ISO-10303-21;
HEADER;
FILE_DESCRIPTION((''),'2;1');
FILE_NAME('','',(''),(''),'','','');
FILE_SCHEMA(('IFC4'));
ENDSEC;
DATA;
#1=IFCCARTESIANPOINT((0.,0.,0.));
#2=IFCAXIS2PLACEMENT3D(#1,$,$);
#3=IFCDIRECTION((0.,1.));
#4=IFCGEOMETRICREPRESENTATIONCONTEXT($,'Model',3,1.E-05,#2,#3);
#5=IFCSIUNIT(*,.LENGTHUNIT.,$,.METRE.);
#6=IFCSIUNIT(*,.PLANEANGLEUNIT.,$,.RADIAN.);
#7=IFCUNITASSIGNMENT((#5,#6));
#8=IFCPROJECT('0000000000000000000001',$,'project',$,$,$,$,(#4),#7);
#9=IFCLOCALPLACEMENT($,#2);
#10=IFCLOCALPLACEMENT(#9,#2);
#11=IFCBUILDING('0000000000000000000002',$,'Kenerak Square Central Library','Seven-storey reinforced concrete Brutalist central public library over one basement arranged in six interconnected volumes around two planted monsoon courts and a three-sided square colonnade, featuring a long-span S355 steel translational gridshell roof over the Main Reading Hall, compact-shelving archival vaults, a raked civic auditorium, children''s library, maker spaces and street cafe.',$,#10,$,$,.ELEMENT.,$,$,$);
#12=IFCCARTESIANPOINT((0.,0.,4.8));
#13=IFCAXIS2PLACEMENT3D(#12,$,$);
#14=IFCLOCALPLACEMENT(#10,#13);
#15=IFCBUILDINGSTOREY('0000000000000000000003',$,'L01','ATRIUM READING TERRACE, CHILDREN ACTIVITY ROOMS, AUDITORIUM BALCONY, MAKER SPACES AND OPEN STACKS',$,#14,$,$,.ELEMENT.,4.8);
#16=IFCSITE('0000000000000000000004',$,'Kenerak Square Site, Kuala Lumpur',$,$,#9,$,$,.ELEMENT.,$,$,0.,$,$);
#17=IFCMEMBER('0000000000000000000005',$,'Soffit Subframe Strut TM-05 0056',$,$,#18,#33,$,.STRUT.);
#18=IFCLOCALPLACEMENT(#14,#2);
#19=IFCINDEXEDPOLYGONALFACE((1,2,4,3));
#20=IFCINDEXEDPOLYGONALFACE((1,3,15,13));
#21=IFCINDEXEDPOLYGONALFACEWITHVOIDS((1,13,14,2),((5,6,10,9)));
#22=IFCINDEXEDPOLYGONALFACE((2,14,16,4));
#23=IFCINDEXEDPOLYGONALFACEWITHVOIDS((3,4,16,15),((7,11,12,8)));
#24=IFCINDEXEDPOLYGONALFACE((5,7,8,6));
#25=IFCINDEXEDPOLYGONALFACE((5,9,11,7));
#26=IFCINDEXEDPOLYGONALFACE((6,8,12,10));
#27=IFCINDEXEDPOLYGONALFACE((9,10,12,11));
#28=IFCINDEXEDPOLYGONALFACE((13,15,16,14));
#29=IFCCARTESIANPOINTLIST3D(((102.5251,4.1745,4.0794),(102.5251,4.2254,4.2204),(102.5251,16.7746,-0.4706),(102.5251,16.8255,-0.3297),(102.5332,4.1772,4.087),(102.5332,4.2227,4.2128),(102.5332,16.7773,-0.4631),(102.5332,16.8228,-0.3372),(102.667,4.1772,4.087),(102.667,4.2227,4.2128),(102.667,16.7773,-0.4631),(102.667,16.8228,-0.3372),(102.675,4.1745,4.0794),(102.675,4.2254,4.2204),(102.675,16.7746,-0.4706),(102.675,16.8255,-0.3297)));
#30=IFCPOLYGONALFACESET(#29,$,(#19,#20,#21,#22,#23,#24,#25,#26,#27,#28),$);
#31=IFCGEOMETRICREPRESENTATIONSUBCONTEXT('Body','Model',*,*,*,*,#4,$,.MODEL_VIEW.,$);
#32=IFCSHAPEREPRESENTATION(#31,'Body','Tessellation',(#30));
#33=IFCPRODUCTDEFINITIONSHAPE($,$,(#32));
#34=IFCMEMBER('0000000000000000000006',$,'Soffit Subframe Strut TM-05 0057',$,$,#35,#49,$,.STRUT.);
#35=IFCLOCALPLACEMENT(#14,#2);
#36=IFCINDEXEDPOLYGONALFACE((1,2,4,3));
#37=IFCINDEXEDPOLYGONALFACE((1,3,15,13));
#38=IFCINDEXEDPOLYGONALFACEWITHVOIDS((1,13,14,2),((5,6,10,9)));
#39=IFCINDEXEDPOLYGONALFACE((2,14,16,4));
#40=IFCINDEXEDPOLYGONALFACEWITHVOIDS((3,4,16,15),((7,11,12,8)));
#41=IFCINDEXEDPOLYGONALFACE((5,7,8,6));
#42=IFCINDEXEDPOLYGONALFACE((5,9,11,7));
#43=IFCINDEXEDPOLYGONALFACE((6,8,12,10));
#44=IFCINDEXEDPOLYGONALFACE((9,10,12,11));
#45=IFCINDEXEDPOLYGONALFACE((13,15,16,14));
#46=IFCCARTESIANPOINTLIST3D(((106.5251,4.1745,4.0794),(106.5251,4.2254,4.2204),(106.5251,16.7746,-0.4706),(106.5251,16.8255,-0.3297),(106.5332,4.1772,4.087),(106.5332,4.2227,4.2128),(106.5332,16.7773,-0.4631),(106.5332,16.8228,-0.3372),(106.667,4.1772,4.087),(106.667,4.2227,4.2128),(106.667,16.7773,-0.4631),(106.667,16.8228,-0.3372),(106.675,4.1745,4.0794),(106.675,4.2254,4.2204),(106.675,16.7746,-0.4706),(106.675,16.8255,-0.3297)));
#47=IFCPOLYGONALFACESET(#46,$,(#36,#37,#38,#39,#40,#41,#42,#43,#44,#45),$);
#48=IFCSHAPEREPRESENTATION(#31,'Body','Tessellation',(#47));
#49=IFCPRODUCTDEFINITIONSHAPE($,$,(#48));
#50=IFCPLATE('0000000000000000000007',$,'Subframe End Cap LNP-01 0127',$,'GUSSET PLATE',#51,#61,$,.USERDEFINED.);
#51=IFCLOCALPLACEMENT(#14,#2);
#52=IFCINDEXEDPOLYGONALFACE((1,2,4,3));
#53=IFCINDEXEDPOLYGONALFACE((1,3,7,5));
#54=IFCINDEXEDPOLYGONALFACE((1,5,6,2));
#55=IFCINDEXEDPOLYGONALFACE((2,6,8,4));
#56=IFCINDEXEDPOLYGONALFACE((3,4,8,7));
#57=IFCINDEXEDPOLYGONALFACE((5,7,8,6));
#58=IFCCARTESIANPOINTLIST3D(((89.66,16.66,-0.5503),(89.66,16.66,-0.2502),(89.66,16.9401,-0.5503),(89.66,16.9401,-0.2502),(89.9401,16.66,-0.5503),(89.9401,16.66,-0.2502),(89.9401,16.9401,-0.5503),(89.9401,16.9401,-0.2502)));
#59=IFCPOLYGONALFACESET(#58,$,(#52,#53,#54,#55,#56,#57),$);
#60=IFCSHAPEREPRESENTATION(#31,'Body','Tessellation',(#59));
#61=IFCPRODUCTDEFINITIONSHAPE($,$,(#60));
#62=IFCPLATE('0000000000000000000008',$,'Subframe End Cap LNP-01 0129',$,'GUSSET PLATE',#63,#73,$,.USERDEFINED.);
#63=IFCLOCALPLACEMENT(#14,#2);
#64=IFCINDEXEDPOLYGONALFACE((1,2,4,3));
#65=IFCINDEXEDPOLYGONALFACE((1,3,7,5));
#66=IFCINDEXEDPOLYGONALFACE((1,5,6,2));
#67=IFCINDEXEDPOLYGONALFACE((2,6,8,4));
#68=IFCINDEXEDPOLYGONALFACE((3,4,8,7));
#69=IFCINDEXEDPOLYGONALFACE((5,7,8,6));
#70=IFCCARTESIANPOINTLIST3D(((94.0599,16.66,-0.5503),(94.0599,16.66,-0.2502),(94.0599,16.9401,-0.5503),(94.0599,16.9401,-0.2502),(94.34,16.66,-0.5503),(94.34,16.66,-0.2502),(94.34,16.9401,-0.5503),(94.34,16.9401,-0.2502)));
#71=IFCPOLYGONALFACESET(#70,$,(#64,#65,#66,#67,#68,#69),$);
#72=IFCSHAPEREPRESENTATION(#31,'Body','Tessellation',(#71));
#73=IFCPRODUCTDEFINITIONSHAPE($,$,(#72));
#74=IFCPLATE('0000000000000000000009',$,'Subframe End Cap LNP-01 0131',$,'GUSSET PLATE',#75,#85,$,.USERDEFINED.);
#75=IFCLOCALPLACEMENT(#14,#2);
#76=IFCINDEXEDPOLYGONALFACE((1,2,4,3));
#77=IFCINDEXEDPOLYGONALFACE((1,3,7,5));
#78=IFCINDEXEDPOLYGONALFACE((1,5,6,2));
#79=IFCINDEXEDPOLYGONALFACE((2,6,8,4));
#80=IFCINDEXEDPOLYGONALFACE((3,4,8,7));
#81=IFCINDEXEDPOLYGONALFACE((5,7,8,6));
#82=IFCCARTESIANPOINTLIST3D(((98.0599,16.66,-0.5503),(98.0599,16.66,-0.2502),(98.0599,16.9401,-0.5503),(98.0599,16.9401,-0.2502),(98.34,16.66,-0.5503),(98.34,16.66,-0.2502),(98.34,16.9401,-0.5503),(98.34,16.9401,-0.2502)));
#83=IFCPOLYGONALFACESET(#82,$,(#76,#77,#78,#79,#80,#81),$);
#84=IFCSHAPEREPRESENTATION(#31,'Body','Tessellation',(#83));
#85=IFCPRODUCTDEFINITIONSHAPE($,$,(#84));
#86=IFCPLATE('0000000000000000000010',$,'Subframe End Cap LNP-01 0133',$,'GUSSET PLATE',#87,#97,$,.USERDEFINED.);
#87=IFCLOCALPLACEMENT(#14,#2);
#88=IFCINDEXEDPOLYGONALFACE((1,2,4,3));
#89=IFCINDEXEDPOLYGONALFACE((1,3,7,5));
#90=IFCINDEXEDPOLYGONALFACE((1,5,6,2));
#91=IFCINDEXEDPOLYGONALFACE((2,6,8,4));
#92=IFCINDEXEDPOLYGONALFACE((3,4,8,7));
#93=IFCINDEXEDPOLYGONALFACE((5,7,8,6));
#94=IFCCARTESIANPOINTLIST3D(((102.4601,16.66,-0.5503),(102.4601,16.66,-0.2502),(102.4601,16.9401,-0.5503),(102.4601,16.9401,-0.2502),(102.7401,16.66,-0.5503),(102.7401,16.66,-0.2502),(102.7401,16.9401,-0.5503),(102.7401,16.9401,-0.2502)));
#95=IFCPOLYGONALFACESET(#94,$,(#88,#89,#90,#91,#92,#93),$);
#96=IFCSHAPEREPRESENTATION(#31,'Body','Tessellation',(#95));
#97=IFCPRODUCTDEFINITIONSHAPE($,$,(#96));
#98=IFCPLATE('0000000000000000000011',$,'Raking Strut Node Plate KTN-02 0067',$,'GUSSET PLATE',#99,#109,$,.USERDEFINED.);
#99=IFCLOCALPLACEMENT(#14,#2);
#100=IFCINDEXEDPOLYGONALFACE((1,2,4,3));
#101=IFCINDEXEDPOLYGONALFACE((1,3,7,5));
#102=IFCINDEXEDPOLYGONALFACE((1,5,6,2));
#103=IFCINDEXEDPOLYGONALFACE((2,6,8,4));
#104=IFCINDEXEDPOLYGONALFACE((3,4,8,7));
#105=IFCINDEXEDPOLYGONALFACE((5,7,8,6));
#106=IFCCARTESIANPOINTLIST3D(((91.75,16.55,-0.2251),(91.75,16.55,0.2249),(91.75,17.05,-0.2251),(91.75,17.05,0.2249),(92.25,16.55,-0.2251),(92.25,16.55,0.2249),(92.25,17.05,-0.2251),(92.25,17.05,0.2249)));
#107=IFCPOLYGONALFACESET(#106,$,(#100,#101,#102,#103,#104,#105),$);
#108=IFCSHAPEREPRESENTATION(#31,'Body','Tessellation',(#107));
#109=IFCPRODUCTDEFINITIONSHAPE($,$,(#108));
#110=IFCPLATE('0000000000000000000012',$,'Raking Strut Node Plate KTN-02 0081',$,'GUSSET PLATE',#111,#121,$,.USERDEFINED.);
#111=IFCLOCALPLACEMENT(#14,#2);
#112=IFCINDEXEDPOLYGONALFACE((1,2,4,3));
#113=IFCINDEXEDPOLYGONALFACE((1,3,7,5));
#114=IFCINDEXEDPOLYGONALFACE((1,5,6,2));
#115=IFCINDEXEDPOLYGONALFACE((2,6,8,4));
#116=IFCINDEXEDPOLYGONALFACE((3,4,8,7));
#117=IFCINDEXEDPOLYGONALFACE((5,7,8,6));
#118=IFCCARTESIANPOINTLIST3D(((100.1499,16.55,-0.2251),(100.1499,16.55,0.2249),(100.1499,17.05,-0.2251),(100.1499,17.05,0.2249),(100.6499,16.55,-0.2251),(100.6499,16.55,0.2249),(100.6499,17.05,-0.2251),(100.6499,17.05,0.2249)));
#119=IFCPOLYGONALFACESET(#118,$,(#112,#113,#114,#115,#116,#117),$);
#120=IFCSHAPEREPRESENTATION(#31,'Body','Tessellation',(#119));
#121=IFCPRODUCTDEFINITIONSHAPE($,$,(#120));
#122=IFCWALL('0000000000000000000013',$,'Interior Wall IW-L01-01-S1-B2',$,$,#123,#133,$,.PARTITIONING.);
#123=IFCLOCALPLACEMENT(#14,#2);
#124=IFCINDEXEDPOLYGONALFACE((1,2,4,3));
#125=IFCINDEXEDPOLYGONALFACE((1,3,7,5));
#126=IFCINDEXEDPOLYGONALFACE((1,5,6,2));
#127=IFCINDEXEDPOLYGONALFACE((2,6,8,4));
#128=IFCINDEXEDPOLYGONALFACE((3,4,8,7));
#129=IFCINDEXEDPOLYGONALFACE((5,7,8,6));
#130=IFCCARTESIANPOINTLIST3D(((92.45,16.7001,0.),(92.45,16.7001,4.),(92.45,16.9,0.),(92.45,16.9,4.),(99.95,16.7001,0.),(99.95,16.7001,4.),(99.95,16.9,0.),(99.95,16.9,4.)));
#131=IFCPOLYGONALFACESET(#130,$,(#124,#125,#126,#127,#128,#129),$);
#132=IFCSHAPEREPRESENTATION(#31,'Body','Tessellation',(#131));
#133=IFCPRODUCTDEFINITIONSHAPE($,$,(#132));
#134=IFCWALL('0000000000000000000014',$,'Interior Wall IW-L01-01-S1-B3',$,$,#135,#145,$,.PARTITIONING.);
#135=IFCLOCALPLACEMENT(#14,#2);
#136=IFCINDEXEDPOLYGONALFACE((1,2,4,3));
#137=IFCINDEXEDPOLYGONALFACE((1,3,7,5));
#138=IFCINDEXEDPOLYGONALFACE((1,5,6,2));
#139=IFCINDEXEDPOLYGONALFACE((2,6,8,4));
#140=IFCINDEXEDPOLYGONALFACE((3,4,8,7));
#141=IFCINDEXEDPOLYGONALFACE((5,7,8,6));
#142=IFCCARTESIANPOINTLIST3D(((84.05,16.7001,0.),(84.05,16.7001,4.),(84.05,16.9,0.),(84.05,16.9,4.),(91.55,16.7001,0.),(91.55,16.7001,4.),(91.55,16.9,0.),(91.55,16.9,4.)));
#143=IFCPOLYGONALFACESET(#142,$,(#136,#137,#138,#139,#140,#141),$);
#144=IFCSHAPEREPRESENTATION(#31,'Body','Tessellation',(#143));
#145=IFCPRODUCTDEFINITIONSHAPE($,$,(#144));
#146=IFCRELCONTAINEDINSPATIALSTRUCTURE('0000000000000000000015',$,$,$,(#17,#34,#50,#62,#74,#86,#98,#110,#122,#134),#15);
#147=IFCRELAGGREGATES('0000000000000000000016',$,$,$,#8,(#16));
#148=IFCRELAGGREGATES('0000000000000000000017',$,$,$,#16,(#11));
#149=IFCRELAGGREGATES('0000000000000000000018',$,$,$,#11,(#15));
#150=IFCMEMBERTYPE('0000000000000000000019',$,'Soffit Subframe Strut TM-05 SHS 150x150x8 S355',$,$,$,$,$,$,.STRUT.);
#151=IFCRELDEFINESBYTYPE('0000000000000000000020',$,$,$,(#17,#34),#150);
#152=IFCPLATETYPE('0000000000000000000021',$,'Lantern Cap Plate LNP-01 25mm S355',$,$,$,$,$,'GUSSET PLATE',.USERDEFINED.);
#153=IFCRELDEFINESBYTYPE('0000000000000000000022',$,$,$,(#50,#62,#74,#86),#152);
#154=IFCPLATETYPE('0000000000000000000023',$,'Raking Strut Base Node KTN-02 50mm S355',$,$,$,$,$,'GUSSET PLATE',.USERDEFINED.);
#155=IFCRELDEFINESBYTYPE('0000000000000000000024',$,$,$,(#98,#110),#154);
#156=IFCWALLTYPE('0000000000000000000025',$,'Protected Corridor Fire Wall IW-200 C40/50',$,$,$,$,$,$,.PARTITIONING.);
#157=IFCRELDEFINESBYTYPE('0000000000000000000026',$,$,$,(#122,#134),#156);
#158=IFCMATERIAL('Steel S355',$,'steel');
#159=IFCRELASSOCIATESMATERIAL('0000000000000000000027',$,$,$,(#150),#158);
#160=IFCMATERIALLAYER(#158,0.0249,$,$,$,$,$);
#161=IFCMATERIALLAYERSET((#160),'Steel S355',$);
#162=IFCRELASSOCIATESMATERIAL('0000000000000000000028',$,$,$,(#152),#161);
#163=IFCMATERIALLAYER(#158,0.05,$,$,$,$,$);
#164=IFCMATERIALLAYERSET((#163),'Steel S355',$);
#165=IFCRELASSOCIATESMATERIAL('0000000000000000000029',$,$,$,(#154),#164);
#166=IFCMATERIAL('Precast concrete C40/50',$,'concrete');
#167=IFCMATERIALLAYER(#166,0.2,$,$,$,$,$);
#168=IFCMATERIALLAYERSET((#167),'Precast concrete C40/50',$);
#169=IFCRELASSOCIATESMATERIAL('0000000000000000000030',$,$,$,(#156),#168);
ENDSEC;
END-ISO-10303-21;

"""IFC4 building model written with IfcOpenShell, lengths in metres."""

from ifc_helpers import new_model, si_unit, direction, frame, frame_2d, origin, origin_2d, place, context, subcontext, project, spatial, rectangle, hollow_rectangle, extrude, material, layer, layer_set, material_profile, profile_set, type_object, element, save


model = new_model("IFC4")

# Units and contexts
model_context = context("Model", 3, precision=1e-05, world=origin(), true_north=direction((0.0, 1.0)))
body_context = subcontext(model_context, "Body", "Model", "MODEL_VIEW")
ifc_project = project(units=[si_unit("LENGTHUNIT", "METRE"), si_unit("PLANEANGLEUNIT", "RADIAN")], contexts=[model_context])

# Site, building, storey
site_placement = place(None, origin())
site = spatial("IfcSite", under=ifc_project, at=site_placement, Name="Kenerak Square Site, Kuala Lumpur", CompositionType="ELEMENT", RefElevation=0.0)
building_placement = place(site_placement, origin())
building = spatial("IfcBuilding", under=site, at=building_placement, Name="Kenerak Square Central Library", Description="Seven-storey reinforced concrete Brutalist central public library over one basement arranged in six interconnected volumes around two planted monsoon courts and a three-sided square colonnade, featuring a long-span S355 steel translational gridshell roof over the Main Reading Hall, compact-shelving archival vaults, a raked civic auditorium, children's library, maker spaces and street cafe.", CompositionType="ELEMENT")
storey_placement = place(building_placement, frame((0.0, 0.0, 4.8)))
storey = spatial("IfcBuildingStorey", under=building, at=storey_placement, Name="L01", Description="ATRIUM READING TERRACE, CHILDREN ACTIVITY ROOMS, AUDITORIUM BALCONY, MAKER SPACES AND OPEN STACKS", CompositionType="ELEMENT", Elevation=4.8)

# Shared definitions
ifc_material_1 = material(Name="Steel S355", Category="steel")

# Members
ifc_material_profile_1 = material_profile(ifc_material_1, hollow_rectangle(XDim=0.1499, YDim=0.1499, WallThickness=0.0081, at=origin_2d()), Name="SHS 150x150x8.0")
ifc_profile_set_1 = profile_set([ifc_material_profile_1], Name="Steel S355")
member_type_1 = type_object("IfcMemberType", Name="Soffit Subframe Strut TM-05 SHS 150x150x8 S355", PredefinedType="STRUT", material=ifc_profile_set_1)
for number, where, z_axis, x_axis, name in (
    (1, (102.6001, 16.8, -0.4001), (0.0, -0.940554, 0.339645), (1.0, 0.0, 0.0), "Soffit Subframe Strut TM-05 0056"),
    (2, (106.6001, 16.8, -0.4001), (0.0, -0.940554, 0.339645), (1.0, 0.0, 0.0), "Soffit Subframe Strut TM-05 0057"),
):
    element("IfcMember", number, at=place(storey_placement, frame(where, z_axis=z_axis, x_axis=x_axis)), inside=storey, type_object=member_type_1, Name=name, PredefinedType="STRUT", context=body_context, shape_type="SweptSolid", body=[
        extrude(hollow_rectangle(XDim=0.1499, YDim=0.1499, WallThickness=0.0081, at=origin_2d()), origin(), (0.0, 0.0, 1.0), 13.3965),
    ])

# Plates
ifc_layer_1 = layer(ifc_material_1, 0.0249)
ifc_layer_set_1 = layer_set([ifc_layer_1], Name="Steel S355")
plate_type_1 = type_object("IfcPlateType", Name="Lantern Cap Plate LNP-01 25mm S355", ElementType="GUSSET PLATE", PredefinedType="USERDEFINED", material=ifc_layer_set_1)
for number, where, z_axis, x_axis, name in (
    (3, (89.8, 16.8, -0.5503), (0.0, 0.0, 1.0), (1.0, 0.0, 0.0), "Subframe End Cap LNP-01 0127"),
    (4, (94.2, 16.8, -0.5503), (0.0, 0.0, 1.0), (1.0, 0.0, 0.0), "Subframe End Cap LNP-01 0129"),
    (5, (98.2, 16.8, -0.5503), (0.0, 0.0, 1.0), (1.0, 0.0, 0.0), "Subframe End Cap LNP-01 0131"),
    (6, (102.6001, 16.8, -0.5503), (0.0, 0.0, 1.0), (1.0, 0.0, 0.0), "Subframe End Cap LNP-01 0133"),
):
    element("IfcPlate", number, at=place(storey_placement, frame(where, z_axis=z_axis, x_axis=x_axis)), inside=storey, type_object=plate_type_1, Name=name, ObjectType="GUSSET PLATE", PredefinedType="USERDEFINED", context=body_context, shape_type="SweptSolid", body=[
        extrude(rectangle(XDim=0.28, YDim=0.28, at=origin_2d()), origin(), (0.0, 0.0, 1.0), 0.3),
    ])
ifc_layer_2 = layer(ifc_material_1, 0.05)
ifc_layer_set_2 = layer_set([ifc_layer_2], Name="Steel S355")
plate_type_2 = type_object("IfcPlateType", Name="Raking Strut Base Node KTN-02 50mm S355", ElementType="GUSSET PLATE", PredefinedType="USERDEFINED", material=ifc_layer_set_2)
for number, where, z_axis, x_axis, name in (
    (7, (92.0, 16.8, -0.2251), (0.0, 0.0, 1.0), (1.0, 0.0, 0.0), "Raking Strut Node Plate KTN-02 0067"),
    (8, (100.3999, 16.8, -0.2251), (0.0, 0.0, 1.0), (1.0, 0.0, 0.0), "Raking Strut Node Plate KTN-02 0081"),
):
    element("IfcPlate", number, at=place(storey_placement, frame(where, z_axis=z_axis, x_axis=x_axis)), inside=storey, type_object=plate_type_2, Name=name, ObjectType="GUSSET PLATE", PredefinedType="USERDEFINED", context=body_context, shape_type="SweptSolid", body=[
        extrude(rectangle(XDim=0.5, YDim=0.5, at=origin_2d()), origin(), (0.0, 0.0, 1.0), 0.45),
    ])

# Walls
ifc_material_2 = material(Name="Precast concrete C40/50", Category="concrete")
ifc_layer_3 = layer(ifc_material_2, 0.2)
ifc_layer_set_3 = layer_set([ifc_layer_3], Name="Precast concrete C40/50")
wall_type = type_object("IfcWallType", Name="Protected Corridor Fire Wall IW-200 C40/50", PredefinedType="PARTITIONING", material=ifc_layer_set_3)
for number, where, z_axis, x_axis, name in (
    (9, (99.95, 16.8, 0.0), (0.0, 0.0, 1.0), (-1.0, 0.0, 0.0), "Interior Wall IW-L01-01-S1-B2"),
    (10, (91.55, 16.8, 0.0), (0.0, 0.0, 1.0), (-1.0, 0.0, 0.0), "Interior Wall IW-L01-01-S1-B3"),
):
    element("IfcWall", number, at=place(storey_placement, frame(where, z_axis=z_axis, x_axis=x_axis)), inside=storey, type_object=wall_type, Name=name, PredefinedType="PARTITIONING", context=body_context, shape_type="SweptSolid", body=[
        extrude(rectangle(XDim=7.5, YDim=0.2, at=frame_2d((3.75, 0.0))), origin(), (0.0, 0.0, 1.0), 4.0),
    ])

save(model, "model.ifc")
